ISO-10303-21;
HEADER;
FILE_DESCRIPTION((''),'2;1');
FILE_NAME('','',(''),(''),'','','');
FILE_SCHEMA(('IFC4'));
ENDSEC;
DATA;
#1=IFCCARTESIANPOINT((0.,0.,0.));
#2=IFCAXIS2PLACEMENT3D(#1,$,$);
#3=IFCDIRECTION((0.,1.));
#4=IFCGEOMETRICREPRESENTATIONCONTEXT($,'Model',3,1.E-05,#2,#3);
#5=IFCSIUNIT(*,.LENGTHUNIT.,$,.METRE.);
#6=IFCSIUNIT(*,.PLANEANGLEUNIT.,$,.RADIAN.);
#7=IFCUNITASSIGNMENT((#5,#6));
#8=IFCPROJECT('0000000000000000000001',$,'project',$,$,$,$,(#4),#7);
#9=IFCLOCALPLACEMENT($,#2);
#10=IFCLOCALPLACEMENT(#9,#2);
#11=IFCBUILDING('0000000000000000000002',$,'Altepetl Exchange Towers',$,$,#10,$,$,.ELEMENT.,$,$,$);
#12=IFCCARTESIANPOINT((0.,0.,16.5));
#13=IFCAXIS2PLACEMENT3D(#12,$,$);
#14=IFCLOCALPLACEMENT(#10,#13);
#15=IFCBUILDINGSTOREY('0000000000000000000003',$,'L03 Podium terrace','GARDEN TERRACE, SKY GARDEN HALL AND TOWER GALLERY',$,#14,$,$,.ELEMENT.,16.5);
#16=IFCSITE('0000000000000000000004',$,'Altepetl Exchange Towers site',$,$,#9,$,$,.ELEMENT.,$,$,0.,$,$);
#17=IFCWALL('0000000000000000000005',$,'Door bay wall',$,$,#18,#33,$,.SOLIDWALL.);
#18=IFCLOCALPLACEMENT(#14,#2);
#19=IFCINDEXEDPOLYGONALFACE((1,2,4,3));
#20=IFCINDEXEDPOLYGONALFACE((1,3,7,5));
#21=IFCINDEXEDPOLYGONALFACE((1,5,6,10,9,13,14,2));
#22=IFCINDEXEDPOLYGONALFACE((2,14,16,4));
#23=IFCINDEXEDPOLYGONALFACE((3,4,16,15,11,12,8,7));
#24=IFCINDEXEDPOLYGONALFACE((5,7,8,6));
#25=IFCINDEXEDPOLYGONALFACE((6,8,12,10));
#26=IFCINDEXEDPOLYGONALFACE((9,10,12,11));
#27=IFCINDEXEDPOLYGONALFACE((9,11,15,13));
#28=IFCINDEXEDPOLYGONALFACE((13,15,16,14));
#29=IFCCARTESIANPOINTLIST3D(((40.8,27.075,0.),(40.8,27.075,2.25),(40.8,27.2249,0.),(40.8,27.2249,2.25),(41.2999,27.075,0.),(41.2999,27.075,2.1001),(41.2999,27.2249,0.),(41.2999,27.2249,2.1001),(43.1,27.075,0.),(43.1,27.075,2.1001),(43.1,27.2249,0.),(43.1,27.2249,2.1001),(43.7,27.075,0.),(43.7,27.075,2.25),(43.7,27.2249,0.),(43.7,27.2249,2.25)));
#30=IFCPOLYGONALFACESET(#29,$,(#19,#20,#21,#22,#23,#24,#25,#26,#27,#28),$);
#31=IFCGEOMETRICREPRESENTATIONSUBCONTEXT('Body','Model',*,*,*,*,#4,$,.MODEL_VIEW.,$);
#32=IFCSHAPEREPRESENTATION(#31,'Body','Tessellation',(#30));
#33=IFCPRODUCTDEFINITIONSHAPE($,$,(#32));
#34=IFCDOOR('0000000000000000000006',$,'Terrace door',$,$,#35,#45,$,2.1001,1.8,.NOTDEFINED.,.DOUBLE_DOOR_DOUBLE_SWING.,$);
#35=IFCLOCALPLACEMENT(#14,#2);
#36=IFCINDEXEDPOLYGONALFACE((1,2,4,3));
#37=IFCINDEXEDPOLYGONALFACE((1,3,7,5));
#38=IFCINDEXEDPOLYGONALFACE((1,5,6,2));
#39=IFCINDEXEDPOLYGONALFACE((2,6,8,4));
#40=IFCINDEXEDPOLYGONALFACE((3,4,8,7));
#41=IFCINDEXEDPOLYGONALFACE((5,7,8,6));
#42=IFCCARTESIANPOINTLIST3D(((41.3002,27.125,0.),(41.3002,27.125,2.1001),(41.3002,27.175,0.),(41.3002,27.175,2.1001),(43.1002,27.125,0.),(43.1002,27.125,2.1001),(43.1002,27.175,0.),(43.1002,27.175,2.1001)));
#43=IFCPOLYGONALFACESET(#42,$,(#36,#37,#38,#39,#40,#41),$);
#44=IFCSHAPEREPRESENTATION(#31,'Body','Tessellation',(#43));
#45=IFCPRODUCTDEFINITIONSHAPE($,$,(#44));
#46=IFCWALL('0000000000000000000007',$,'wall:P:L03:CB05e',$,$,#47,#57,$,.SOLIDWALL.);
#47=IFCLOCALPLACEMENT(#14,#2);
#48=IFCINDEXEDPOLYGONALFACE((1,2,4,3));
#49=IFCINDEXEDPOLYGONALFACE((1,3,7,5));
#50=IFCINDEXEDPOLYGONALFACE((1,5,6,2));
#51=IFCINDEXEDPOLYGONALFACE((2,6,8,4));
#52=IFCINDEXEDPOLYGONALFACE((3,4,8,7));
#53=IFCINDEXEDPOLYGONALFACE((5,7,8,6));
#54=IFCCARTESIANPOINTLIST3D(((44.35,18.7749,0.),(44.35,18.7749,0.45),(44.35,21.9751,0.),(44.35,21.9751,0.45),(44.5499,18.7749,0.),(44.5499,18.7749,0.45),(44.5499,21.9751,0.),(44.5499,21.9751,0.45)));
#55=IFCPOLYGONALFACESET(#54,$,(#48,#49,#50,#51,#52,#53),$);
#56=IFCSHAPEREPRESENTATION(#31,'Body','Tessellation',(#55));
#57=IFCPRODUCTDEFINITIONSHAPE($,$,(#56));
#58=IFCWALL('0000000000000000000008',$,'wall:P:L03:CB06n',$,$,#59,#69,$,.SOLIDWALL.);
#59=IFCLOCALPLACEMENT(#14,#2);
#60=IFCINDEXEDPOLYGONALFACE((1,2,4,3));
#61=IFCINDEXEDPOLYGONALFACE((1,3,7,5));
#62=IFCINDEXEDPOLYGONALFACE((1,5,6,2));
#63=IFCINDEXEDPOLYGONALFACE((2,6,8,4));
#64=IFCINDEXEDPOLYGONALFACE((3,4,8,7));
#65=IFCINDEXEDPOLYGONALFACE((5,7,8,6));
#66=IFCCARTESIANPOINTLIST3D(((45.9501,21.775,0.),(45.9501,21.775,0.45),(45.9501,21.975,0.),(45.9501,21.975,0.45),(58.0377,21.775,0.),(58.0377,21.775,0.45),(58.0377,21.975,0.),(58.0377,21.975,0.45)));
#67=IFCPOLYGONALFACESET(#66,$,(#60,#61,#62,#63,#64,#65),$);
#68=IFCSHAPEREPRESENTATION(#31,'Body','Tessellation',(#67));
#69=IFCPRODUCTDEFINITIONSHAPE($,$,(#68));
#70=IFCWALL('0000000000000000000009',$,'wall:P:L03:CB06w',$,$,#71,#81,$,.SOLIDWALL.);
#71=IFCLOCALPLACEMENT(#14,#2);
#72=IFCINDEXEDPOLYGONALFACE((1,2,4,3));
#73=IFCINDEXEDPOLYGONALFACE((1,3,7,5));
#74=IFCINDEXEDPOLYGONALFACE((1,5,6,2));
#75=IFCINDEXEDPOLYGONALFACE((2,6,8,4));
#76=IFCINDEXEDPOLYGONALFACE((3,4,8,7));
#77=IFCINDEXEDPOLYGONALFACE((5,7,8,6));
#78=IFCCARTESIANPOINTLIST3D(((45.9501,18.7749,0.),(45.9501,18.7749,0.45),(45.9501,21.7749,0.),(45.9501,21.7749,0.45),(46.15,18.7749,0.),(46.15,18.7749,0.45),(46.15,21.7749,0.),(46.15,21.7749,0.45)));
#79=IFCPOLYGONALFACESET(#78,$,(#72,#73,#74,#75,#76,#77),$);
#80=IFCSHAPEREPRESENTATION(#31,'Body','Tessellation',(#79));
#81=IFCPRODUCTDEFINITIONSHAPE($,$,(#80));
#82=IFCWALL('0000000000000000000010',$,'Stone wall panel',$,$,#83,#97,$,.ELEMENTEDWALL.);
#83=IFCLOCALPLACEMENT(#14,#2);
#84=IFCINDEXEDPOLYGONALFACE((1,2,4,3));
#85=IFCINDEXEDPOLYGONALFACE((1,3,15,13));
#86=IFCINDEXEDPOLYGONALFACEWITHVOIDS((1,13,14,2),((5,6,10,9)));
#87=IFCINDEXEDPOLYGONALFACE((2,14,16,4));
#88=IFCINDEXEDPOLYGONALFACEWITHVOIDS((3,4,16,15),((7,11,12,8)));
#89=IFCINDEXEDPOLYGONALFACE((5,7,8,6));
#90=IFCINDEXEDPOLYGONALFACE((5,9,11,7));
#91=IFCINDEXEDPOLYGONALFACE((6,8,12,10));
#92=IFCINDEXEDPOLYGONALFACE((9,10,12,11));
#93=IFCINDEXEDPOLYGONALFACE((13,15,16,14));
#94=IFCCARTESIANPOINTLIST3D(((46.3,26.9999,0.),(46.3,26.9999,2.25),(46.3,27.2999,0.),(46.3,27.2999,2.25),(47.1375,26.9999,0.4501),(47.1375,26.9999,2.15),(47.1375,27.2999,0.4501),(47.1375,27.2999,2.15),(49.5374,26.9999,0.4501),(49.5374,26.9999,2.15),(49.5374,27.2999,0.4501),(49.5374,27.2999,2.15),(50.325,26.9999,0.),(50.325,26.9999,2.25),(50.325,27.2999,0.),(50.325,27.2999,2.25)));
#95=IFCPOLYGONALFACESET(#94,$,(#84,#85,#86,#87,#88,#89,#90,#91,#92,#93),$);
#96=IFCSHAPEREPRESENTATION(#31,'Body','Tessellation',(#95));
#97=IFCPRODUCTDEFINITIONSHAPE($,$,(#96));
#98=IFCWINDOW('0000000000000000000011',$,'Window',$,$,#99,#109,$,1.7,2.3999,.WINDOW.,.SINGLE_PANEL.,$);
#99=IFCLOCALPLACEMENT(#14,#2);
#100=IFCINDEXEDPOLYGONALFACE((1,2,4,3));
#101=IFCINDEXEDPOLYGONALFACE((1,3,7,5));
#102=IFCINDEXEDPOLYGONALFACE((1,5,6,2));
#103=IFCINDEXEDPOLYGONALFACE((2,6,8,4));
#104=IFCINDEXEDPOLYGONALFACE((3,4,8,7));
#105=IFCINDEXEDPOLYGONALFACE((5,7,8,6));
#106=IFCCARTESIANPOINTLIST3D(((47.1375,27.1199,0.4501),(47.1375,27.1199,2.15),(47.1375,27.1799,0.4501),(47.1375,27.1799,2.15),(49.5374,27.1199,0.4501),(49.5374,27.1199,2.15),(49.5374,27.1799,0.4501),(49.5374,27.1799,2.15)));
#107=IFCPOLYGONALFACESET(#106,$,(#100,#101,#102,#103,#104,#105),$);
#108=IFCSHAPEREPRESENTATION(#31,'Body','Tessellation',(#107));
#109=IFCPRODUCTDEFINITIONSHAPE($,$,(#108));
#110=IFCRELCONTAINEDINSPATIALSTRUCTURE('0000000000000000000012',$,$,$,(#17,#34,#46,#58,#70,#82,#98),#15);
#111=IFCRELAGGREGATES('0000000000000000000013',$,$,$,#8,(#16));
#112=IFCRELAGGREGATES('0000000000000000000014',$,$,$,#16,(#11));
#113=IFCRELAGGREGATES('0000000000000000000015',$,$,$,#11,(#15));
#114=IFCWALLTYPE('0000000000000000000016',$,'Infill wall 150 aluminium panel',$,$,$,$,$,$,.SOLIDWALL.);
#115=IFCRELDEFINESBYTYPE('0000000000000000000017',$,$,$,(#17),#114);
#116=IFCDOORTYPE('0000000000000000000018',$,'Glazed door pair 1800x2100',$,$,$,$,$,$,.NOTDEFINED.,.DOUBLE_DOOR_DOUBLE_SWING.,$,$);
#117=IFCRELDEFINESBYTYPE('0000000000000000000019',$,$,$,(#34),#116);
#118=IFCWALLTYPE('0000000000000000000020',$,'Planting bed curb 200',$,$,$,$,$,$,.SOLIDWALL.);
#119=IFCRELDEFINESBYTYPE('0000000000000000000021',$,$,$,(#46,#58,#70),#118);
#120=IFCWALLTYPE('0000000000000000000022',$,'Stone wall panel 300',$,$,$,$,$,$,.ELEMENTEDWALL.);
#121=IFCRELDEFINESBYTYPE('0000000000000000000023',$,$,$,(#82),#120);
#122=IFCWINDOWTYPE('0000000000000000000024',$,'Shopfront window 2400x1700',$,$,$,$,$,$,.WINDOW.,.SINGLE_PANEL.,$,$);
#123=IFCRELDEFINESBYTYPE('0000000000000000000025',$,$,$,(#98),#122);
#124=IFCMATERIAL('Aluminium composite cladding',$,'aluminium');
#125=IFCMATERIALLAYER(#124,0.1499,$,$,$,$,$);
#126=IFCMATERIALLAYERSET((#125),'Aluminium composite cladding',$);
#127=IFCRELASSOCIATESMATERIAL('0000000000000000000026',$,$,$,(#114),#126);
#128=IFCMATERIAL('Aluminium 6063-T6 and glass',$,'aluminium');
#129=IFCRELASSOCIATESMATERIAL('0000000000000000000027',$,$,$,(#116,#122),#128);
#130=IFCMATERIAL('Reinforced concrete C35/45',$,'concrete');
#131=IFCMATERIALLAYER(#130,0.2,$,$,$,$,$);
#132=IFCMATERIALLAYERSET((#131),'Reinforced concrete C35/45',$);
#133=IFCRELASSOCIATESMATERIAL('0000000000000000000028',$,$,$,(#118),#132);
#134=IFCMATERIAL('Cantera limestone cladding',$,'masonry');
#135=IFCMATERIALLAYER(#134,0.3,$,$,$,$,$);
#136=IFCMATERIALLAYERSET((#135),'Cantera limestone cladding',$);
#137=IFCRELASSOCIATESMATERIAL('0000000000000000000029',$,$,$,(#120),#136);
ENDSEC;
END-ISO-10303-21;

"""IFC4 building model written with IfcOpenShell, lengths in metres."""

from ifc_helpers import new_model, si_unit, direction, frame, frame_2d, origin, place, context, subcontext, project, spatial, rectangle, extrude, material, layer, layer_set, type_object, element, fill, save


model = new_model("IFC4")

# Units and contexts
model_context = context("Model", 3, precision=1e-05, world=origin(), true_north=direction((0.0, 1.0)))
body_context = subcontext(model_context, "Body", "Model", "MODEL_VIEW")
ifc_project = project(units=[si_unit("LENGTHUNIT", "METRE"), si_unit("PLANEANGLEUNIT", "RADIAN")], contexts=[model_context])

# Site, building, storey
site_placement = place(None, origin())
site = spatial("IfcSite", under=ifc_project, at=site_placement, Name="Altepetl Exchange Towers site", CompositionType="ELEMENT", RefElevation=0.0)
building_placement = place(site_placement, origin())
building = spatial("IfcBuilding", under=site, at=building_placement, Name="Altepetl Exchange Towers", CompositionType="ELEMENT")
storey_placement = place(building_placement, frame((0.0, 0.0, 16.5)))
storey = spatial("IfcBuildingStorey", under=building, at=storey_placement, Name="L03 Podium terrace", Description="GARDEN TERRACE, SKY GARDEN HALL AND TOWER GALLERY", CompositionType="ELEMENT", Elevation=16.5)

# Wall, opening, door
ifc_material_1 = material(Name="Aluminium composite cladding", Category="aluminium")
ifc_layer_1 = layer(ifc_material_1, 0.1499)
ifc_layer_set_1 = layer_set([ifc_layer_1], Name="Aluminium composite cladding")
wall_type_1 = type_object("IfcWallType", Name="Infill wall 150 aluminium panel", PredefinedType="SOLIDWALL", material=ifc_layer_set_1)
wall_1_placement = place(storey_placement, frame((40.8, 27.1499, 0.0)))
wall_1 = element("IfcWall", 1, at=wall_1_placement, inside=storey, type_object=wall_type_1, Name="Door bay wall", PredefinedType="SOLIDWALL", context=body_context, shape_type="SweptSolid", body=[
    extrude(rectangle(XDim=2.8999, YDim=0.1499, at=frame_2d((1.45, 0.0))), origin(), (0.0, 0.0, 1.0), 2.25),
])
opening_1_placement = place(wall_1_placement, frame((0.5, 0.0, 0.0)))
opening_1 = element("IfcOpeningElement", 2, at=opening_1_placement, cuts=wall_1, PredefinedType="OPENING", context=body_context, shape_type="SweptSolid", body=[
    extrude(rectangle(XDim=1.8, YDim=2.1001, at=frame_2d((0.8999, 1.05))), frame((0.0, 0.085, 0.0), z_axis=(0.0, -1.0, 0.0), x_axis=(1.0, 0.0, 0.0)), (0.0, 0.0, 1.0), 0.1699),
])
ifc_material_2 = material(Name="Aluminium 6063-T6 and glass", Category="aluminium")
door_type_1 = type_object("IfcDoorType", Name="Glazed door pair 1800x2100", OperationType="DOUBLE_DOOR_DOUBLE_SWING", PredefinedType="NOTDEFINED", material=ifc_material_2)
door_1_placement = place(opening_1_placement, frame((1.8, 0.0, 0.0), x_axis=(-1.0, 0.0, 0.0)))
door_1 = element("IfcDoor", 3, at=door_1_placement, inside=storey, type_object=door_type_1, Name="Terrace door", OperationType="DOUBLE_DOOR_DOUBLE_SWING", OverallHeight=2.1001, OverallWidth=1.8, PredefinedType="NOTDEFINED", context=body_context, shape_type="SweptSolid", body=[
    extrude(rectangle(XDim=1.8, YDim=2.1001, at=frame_2d((0.8999, 1.05))), frame((0.0, 0.0249, 0.0), z_axis=(0.0, -1.0, 0.0), x_axis=(1.0, 0.0, 0.0)), (0.0, 0.0, 1.0), 0.05),
])
fill(opening_1, door_1)

# Walls
ifc_material_3 = material(Name="Reinforced concrete C35/45", Category="concrete")
ifc_layer_2 = layer(ifc_material_3, 0.2)
ifc_layer_set_2 = layer_set([ifc_layer_2], Name="Reinforced concrete C35/45")
wall_type_2 = type_object("IfcWallType", Name="Planting bed curb 200", PredefinedType="SOLIDWALL", material=ifc_layer_set_2)
wall_2_placement = place(storey_placement, frame((44.45, 18.7749, 0.0), z_axis=(0.0, 0.0, 1.0), x_axis=(0.0, 1.0, 0.0)))
element("IfcWall", 4, at=wall_2_placement, inside=storey, type_object=wall_type_2, Name="wall:P:L03:CB05e", PredefinedType="SOLIDWALL", context=body_context, shape_type="SweptSolid", body=[
    extrude(rectangle(XDim=3.2002, YDim=0.2, at=frame_2d((1.6001, 0.0))), origin(), (0.0, 0.0, 1.0), 0.45),
])
wall_3_placement = place(storey_placement, frame((45.95, 21.875, 0.0)))
element("IfcWall", 5, at=wall_3_placement, inside=storey, type_object=wall_type_2, Name="wall:P:L03:CB06n", PredefinedType="SOLIDWALL", context=body_context, shape_type="SweptSolid", body=[
    extrude(rectangle(XDim=12.0876, YDim=0.2, at=frame_2d((6.0439, 0.0))), origin(), (0.0, 0.0, 1.0), 0.45),
])
wall_4_placement = place(storey_placement, frame((46.05, 18.7749, 0.0), z_axis=(0.0, 0.0, 1.0), x_axis=(0.0, 1.0, 0.0)))
element("IfcWall", 6, at=wall_4_placement, inside=storey, type_object=wall_type_2, Name="wall:P:L03:CB06w", PredefinedType="SOLIDWALL", context=body_context, shape_type="SweptSolid", body=[
    extrude(rectangle(XDim=3.0, YDim=0.2, at=frame_2d((1.5, 0.0))), origin(), (0.0, 0.0, 1.0), 0.45),
])

# Wall, opening, window
ifc_material_4 = material(Name="Cantera limestone cladding", Category="masonry")
ifc_layer_3 = layer(ifc_material_4, 0.3)
ifc_layer_set_3 = layer_set([ifc_layer_3], Name="Cantera limestone cladding")
wall_type_3 = type_object("IfcWallType", Name="Stone wall panel 300", PredefinedType="ELEMENTEDWALL", material=ifc_layer_set_3)
wall_5_placement = place(storey_placement, frame((46.3, 27.1499, 0.0)))
wall_5 = element("IfcWall", 7, at=wall_5_placement, inside=storey, type_object=wall_type_3, Name="Stone wall panel", PredefinedType="ELEMENTEDWALL", context=body_context, shape_type="SweptSolid", body=[
    extrude(rectangle(XDim=4.0249, YDim=0.3, at=frame_2d((2.0125, 0.0))), origin(), (0.0, 0.0, 1.0), 2.25),
])
opening_2_placement = place(wall_5_placement, frame((0.8374, 0.0, 0.45)))
opening_2 = element("IfcOpeningElement", 8, at=opening_2_placement, cuts=wall_5, PredefinedType="OPENING", context=body_context, shape_type="SweptSolid", body=[
    extrude(rectangle(XDim=2.3999, YDim=1.7, at=frame_2d((1.2, 0.8501))), frame((0.0, 0.1602, 0.0), z_axis=(0.0, -1.0, 0.0), x_axis=(1.0, 0.0, 0.0)), (0.0, 0.0, 1.0), 0.3201),
])
window_type = type_object("IfcWindowType", Name="Shopfront window 2400x1700", PartitioningType="SINGLE_PANEL", PredefinedType="WINDOW", material=ifc_material_2)
window_placement = place(opening_2_placement, origin())
window = element("IfcWindow", 9, at=window_placement, inside=storey, type_object=window_type, Name="Window", OverallHeight=1.7, OverallWidth=2.3999, PartitioningType="SINGLE_PANEL", PredefinedType="WINDOW", context=body_context, shape_type="SweptSolid", body=[
    extrude(rectangle(XDim=2.3999, YDim=1.7, at=frame_2d((1.2, 0.8501))), frame((0.0, 0.03, 0.0), z_axis=(0.0, -1.0, 0.0), x_axis=(1.0, 0.0, 0.0)), (0.0, 0.0, 1.0), 0.0601),
])
fill(opening_2, window)

save(model, "model.ifc")
